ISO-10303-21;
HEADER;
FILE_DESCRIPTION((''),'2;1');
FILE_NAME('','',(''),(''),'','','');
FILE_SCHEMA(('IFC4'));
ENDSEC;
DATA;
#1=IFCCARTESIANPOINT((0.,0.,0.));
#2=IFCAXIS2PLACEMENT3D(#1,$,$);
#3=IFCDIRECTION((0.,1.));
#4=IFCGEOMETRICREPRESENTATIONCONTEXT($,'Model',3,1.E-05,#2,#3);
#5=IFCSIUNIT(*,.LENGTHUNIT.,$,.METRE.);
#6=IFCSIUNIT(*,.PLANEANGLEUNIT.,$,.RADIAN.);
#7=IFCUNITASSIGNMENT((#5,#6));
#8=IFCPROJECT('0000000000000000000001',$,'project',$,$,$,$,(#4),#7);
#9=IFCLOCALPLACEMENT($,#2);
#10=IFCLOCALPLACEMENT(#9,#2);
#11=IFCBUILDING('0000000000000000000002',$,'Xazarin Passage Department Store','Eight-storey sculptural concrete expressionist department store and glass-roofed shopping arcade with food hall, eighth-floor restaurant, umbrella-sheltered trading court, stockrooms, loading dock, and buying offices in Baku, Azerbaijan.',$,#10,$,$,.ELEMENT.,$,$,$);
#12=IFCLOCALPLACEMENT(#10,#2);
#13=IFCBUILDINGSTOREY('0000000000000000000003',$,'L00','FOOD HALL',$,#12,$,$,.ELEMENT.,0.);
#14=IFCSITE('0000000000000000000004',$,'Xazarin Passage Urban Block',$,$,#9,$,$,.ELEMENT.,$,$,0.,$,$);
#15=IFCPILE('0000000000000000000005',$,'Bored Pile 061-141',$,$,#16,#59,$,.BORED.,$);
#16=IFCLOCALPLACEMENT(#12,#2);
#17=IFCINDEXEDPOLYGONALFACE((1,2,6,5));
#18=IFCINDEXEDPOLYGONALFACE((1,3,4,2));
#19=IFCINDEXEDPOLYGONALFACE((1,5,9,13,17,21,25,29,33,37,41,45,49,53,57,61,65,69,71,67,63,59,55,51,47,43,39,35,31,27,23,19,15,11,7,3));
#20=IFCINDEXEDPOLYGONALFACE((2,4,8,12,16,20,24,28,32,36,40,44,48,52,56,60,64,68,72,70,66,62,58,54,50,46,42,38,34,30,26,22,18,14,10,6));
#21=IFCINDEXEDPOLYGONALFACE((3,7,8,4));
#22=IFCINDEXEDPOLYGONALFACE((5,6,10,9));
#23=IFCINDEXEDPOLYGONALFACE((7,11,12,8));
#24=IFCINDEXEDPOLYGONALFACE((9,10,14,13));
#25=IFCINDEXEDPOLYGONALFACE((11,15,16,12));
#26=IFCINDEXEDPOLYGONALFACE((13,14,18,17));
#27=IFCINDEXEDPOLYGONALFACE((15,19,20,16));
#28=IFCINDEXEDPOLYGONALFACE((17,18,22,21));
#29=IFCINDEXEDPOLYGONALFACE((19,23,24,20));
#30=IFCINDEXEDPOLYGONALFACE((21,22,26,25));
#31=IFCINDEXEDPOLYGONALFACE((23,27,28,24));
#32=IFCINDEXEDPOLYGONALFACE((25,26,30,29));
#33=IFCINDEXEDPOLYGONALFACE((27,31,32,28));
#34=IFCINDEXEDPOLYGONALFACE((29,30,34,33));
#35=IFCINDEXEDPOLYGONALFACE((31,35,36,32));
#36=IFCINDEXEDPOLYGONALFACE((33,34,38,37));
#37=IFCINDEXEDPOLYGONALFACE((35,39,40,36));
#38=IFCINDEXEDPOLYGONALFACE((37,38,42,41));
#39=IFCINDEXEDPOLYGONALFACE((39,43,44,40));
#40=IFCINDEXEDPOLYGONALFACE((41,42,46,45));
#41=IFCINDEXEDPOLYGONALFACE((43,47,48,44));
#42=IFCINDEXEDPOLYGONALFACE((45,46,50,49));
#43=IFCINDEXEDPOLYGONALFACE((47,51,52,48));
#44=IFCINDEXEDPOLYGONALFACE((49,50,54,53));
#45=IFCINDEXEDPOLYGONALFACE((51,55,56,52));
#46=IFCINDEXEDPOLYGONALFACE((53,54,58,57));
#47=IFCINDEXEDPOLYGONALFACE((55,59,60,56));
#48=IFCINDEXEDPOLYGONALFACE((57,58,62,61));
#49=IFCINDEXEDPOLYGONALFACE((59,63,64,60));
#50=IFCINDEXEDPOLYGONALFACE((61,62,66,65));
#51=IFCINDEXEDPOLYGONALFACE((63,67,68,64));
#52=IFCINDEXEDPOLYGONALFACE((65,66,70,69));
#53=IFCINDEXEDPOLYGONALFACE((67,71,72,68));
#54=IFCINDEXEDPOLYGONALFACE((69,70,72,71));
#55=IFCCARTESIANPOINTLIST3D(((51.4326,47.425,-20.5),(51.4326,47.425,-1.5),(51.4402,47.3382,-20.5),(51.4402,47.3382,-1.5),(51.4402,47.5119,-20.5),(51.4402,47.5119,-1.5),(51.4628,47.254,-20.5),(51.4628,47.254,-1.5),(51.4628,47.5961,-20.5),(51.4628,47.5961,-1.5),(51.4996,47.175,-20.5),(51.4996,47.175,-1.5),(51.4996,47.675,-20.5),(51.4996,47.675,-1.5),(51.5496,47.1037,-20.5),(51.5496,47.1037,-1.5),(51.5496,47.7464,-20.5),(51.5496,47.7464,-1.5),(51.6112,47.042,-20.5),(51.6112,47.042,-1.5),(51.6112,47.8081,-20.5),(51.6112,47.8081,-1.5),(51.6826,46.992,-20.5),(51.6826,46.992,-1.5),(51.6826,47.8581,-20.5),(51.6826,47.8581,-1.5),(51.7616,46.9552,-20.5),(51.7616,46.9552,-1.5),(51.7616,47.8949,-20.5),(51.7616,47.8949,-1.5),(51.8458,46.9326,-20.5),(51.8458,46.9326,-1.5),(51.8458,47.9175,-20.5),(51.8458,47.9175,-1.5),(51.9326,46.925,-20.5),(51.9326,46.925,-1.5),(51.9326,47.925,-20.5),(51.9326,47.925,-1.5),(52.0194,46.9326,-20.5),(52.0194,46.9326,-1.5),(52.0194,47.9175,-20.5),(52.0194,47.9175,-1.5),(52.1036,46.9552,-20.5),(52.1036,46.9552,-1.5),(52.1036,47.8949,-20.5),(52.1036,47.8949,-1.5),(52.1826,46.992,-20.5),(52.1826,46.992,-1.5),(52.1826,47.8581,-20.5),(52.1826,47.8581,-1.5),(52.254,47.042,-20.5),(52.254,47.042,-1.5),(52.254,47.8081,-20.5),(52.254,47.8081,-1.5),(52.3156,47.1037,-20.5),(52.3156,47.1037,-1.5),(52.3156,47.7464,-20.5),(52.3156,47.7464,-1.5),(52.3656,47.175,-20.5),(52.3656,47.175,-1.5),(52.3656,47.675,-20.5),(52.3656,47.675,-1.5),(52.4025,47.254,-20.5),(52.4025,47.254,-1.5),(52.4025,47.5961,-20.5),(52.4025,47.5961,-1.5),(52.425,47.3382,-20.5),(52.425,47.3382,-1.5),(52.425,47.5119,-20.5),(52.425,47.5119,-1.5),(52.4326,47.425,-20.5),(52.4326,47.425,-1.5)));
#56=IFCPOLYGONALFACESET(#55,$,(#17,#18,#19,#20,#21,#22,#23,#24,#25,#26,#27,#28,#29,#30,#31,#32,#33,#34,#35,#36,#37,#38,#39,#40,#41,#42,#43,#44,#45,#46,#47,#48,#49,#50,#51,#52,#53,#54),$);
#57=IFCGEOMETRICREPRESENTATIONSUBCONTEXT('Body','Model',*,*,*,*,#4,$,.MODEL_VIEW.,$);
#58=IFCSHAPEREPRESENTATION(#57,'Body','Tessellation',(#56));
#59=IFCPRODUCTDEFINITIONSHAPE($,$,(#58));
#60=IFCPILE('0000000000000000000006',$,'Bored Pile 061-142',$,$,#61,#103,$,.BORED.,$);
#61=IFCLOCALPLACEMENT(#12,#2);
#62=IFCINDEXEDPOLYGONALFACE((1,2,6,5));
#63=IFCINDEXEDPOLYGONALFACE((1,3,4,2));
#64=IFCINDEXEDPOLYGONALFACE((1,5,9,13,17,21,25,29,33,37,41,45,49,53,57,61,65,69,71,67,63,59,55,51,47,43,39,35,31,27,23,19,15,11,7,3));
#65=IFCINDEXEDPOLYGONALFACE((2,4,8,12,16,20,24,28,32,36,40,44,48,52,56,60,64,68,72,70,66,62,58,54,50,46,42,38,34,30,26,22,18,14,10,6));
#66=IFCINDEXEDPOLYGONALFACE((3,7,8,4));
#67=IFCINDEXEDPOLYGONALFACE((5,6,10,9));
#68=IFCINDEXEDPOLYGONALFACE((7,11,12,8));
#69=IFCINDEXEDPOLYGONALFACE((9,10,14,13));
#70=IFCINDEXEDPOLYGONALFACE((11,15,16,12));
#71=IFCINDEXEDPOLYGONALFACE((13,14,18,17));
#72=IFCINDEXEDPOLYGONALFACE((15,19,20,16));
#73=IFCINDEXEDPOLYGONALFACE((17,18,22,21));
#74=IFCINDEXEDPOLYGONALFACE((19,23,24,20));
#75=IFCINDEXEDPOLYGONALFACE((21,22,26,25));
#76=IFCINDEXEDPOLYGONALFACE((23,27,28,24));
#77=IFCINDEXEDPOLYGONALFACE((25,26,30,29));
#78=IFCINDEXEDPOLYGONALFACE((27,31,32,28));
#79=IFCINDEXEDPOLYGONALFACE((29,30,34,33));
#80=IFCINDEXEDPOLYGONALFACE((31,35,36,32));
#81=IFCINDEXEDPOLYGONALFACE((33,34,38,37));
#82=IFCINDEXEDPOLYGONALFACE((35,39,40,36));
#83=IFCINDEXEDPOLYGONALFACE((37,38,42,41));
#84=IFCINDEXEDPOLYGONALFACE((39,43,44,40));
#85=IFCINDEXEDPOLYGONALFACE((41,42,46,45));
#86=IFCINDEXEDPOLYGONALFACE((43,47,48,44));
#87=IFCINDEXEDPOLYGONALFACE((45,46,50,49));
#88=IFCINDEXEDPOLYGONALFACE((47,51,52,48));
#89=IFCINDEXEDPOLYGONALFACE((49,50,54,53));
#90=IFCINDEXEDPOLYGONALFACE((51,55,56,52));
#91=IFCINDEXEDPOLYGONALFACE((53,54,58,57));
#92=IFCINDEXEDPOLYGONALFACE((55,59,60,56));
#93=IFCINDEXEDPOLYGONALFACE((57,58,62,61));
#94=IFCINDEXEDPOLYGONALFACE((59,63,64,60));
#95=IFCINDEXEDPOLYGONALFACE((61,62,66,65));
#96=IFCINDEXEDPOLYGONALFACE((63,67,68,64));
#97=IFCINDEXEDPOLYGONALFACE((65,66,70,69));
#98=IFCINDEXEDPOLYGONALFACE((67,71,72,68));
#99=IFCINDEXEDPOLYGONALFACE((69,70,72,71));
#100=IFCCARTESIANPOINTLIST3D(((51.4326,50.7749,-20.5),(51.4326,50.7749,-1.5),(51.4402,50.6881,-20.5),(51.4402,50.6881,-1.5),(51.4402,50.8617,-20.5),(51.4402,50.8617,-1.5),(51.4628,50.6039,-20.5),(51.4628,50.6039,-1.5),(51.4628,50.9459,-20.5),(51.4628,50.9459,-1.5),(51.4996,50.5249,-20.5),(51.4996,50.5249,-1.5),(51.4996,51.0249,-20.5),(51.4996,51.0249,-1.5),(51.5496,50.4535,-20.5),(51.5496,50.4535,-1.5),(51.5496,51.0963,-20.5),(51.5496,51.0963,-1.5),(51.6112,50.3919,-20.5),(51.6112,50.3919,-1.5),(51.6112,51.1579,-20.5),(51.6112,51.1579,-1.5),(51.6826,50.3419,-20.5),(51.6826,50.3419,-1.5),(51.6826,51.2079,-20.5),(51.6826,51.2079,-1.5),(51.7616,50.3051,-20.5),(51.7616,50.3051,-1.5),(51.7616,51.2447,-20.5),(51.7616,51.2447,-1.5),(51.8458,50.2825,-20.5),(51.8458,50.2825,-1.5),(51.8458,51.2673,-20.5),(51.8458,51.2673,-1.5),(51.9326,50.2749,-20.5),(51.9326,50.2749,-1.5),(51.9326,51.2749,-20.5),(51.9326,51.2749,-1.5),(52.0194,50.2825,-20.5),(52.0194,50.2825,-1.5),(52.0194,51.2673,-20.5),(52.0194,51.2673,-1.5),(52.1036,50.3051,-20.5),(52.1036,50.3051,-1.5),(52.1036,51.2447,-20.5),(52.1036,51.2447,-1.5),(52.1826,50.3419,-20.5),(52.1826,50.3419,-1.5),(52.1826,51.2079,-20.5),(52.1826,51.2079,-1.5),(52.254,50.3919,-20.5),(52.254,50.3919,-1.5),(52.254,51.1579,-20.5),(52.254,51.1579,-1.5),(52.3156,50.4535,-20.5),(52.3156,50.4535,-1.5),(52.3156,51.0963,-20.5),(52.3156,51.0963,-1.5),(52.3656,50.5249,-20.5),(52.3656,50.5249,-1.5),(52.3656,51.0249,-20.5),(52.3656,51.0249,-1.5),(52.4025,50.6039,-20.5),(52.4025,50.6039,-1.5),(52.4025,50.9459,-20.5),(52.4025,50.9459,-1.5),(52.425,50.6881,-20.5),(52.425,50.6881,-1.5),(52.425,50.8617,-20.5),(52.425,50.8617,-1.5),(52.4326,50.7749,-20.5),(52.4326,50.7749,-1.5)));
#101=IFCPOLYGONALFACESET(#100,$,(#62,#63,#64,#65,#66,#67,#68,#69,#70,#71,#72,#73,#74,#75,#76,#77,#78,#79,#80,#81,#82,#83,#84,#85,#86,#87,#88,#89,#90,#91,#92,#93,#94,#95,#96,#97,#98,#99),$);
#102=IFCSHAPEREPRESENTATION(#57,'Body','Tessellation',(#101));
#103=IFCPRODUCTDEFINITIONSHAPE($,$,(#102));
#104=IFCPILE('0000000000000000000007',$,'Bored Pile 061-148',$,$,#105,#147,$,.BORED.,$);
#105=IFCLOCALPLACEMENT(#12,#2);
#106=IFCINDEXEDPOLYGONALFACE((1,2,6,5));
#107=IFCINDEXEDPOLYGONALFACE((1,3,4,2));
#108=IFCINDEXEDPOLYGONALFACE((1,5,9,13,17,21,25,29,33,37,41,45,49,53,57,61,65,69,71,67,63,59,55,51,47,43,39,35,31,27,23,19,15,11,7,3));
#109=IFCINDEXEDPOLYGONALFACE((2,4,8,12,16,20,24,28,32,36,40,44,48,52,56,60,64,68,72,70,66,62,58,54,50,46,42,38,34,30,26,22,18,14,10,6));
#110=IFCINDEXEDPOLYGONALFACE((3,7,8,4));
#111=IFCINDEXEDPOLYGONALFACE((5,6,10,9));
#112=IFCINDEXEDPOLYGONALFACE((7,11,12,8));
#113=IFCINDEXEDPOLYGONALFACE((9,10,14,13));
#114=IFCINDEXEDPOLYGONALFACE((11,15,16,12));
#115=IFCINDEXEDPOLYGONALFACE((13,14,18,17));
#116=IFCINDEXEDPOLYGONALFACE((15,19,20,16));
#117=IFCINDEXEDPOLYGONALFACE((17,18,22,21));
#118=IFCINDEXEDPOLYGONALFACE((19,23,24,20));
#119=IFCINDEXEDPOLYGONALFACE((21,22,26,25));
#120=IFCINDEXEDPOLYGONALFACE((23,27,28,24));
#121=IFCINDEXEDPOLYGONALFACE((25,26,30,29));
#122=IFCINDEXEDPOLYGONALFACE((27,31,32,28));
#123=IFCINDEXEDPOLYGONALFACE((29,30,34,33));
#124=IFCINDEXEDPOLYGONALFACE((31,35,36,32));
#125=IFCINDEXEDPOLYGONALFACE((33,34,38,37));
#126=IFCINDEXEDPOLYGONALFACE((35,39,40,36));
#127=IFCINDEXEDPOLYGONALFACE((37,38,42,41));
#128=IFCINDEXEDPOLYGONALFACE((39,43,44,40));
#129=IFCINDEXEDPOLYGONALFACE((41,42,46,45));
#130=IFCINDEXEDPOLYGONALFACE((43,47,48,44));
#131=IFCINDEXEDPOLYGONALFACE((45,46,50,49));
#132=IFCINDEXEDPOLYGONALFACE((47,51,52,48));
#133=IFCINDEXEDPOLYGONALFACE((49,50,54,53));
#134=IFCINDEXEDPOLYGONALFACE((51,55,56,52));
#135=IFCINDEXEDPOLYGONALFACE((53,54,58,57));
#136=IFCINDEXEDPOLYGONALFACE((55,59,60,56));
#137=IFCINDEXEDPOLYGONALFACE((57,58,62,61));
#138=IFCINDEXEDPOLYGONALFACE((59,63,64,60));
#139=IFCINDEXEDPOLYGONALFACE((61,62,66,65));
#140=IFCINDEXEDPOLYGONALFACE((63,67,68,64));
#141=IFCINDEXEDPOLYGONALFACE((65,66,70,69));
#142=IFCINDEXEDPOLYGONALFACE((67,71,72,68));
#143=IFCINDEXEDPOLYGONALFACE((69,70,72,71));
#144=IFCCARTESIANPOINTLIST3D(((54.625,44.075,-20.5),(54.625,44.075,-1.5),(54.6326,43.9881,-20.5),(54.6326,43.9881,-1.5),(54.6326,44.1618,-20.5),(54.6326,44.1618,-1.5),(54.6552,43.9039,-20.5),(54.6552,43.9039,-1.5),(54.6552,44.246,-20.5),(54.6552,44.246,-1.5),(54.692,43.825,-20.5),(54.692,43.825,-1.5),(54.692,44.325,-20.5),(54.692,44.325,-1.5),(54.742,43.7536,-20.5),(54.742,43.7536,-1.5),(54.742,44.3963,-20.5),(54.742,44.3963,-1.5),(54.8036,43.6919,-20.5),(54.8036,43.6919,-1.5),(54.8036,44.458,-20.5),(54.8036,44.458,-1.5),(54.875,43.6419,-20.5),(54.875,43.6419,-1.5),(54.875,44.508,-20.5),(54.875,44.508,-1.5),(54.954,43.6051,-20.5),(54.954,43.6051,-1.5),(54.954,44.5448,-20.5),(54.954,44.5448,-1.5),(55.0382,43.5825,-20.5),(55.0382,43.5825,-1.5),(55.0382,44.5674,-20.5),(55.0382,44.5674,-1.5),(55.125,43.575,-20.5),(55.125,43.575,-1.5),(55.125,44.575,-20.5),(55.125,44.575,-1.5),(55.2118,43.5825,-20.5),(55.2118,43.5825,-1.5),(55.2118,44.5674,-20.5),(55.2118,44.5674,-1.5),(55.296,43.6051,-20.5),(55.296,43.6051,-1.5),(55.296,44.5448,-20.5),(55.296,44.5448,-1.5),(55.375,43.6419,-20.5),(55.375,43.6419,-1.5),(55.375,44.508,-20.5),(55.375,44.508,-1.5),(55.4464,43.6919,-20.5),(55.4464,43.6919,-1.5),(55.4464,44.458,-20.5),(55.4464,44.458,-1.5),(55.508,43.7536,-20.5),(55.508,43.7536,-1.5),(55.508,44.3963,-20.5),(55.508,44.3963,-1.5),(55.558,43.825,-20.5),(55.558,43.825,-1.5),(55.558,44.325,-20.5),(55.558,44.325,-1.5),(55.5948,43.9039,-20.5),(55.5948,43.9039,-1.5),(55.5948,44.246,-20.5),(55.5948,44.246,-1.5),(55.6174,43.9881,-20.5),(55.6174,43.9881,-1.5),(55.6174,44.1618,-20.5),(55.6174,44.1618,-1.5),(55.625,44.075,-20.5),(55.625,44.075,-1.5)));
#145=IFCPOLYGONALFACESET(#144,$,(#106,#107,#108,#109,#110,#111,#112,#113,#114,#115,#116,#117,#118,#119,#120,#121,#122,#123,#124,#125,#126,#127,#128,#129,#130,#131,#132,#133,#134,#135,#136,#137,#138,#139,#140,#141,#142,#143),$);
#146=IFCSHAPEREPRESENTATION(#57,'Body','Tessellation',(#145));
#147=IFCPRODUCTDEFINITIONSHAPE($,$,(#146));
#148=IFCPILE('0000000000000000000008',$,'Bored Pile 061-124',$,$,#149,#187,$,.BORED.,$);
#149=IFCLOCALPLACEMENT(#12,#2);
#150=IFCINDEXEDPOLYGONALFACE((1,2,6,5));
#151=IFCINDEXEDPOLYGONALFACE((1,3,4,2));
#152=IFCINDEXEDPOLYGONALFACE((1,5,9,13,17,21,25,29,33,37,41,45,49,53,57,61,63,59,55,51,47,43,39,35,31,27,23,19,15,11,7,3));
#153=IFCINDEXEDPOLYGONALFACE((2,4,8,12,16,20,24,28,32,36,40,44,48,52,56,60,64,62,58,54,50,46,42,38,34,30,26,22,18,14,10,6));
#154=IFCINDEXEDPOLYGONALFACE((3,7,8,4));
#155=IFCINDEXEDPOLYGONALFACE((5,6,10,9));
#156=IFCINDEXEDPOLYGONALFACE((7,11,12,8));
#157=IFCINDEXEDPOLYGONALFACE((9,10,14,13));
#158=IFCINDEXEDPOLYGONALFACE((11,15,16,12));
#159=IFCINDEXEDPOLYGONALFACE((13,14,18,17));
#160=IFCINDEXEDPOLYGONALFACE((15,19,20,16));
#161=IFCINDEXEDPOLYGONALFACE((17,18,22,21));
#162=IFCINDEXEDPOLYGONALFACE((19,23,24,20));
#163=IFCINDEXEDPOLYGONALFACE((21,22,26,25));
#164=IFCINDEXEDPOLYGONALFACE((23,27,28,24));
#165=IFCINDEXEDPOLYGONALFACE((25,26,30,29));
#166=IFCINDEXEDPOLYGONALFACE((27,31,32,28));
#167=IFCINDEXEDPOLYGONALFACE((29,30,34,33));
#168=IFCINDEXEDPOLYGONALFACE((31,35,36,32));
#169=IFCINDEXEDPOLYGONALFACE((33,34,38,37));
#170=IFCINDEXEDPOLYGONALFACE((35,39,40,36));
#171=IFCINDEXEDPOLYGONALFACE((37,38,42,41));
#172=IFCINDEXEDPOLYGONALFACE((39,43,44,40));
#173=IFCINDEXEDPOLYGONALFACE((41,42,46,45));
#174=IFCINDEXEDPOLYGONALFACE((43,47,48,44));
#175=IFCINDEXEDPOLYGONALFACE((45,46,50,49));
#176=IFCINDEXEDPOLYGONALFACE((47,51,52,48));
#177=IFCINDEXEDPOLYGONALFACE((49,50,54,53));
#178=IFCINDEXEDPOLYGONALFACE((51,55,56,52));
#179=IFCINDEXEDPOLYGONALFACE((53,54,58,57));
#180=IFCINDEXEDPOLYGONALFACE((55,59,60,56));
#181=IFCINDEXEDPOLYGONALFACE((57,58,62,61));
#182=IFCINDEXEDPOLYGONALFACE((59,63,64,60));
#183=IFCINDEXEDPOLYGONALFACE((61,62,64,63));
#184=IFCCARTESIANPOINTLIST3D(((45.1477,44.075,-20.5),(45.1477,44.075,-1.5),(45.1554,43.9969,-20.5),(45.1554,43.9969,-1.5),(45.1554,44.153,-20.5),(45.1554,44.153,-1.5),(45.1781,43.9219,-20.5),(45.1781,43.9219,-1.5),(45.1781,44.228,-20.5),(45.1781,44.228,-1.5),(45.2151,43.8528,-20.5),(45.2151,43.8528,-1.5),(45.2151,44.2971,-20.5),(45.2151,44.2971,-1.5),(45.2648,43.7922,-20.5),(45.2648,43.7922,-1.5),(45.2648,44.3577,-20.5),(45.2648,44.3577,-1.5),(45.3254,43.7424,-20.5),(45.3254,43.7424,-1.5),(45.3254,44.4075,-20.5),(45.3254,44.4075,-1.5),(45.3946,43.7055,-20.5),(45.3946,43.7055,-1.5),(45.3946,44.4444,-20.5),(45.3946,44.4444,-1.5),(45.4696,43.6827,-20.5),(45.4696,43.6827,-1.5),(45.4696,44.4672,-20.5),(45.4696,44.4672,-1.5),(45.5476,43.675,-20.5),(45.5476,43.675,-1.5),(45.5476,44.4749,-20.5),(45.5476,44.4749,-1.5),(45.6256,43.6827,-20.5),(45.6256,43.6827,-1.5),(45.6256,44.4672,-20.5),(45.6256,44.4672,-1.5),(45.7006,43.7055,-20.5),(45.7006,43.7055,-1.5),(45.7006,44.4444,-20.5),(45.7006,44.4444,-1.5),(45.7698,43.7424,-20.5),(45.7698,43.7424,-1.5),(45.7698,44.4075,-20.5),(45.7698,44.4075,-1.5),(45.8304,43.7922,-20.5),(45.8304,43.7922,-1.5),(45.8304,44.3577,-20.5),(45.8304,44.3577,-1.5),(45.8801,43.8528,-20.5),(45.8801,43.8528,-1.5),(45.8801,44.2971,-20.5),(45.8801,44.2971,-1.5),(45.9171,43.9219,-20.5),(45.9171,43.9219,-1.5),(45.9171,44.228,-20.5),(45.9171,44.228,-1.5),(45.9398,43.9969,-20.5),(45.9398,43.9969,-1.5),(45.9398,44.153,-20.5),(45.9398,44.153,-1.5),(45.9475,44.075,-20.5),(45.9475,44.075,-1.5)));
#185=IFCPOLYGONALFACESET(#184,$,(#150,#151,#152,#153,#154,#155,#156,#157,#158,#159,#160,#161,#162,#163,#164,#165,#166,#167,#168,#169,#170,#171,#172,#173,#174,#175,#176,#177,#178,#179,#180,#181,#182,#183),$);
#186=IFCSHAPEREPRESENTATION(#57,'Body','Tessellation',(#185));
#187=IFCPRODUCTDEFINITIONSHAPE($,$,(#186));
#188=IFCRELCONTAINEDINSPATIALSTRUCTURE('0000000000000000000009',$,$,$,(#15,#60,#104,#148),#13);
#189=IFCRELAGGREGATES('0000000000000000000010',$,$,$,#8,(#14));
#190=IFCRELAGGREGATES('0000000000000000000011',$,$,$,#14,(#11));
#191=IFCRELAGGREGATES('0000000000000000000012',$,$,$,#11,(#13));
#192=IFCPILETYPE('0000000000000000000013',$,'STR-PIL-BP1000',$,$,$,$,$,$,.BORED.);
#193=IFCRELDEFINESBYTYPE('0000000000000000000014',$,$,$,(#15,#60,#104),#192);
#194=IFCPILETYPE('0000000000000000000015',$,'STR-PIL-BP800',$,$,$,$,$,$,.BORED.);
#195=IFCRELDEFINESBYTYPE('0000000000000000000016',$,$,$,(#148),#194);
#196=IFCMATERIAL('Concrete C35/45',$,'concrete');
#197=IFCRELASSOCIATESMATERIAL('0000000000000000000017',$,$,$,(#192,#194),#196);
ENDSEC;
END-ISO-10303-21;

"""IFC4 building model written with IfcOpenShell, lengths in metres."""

from ifc_helpers import new_model, si_unit, direction, frame, origin, origin_2d, place, context, subcontext, project, spatial, circle, extrude, material, material_profile, profile_set, type_object, element, save


model = new_model("IFC4")

# Units and contexts
model_context = context("Model", 3, precision=1e-05, world=origin(), true_north=direction((0.0, 1.0)))
body_context = subcontext(model_context, "Body", "Model", "MODEL_VIEW")
ifc_project = project(units=[si_unit("LENGTHUNIT", "METRE"), si_unit("PLANEANGLEUNIT", "RADIAN")], contexts=[model_context])

# Site, building, storey
site_placement = place(None, origin())
site = spatial("IfcSite", under=ifc_project, at=site_placement, Name="Xazarin Passage Urban Block", CompositionType="ELEMENT", RefElevation=0.0)
building_placement = place(site_placement, origin())
building = spatial("IfcBuilding", under=site, at=building_placement, Name="Xazarin Passage Department Store", Description="Eight-storey sculptural concrete expressionist department store and glass-roofed shopping arcade with food hall, eighth-floor restaurant, umbrella-sheltered trading court, stockrooms, loading dock, and buying offices in Baku, Azerbaijan.", CompositionType="ELEMENT")
storey_placement = place(building_placement, origin())
storey = spatial("IfcBuildingStorey", under=building, at=storey_placement, Name="L00", Description="FOOD HALL", CompositionType="ELEMENT", Elevation=0.0)

# Piles
ifc_material_1 = material(Name="Concrete C35/45", Category="concrete")
ifc_material_profile_1 = material_profile(ifc_material_1, circle(Radius=0.5, at=origin_2d()), Name="BP 1000")
ifc_profile_set_1 = profile_set([ifc_material_profile_1], Name="Concrete C35/45")
pile_type_1 = type_object("IfcPileType", Name="STR-PIL-BP1000", PredefinedType="BORED", material=ifc_profile_set_1)
for number, where, z_axis, x_axis, name in (
    (1, (51.9326, 47.425, -1.5), (0.0, 0.0, -1.0), (1.0, 0.0, 0.0), "Bored Pile 061-141"),
    (2, (51.9326, 50.7749, -1.5), (0.0, 0.0, -1.0), (1.0, 0.0, 0.0), "Bored Pile 061-142"),
    (3, (55.125, 44.075, -1.5), (0.0, 0.0, -1.0), (1.0, 0.0, 0.0), "Bored Pile 061-148"),
):
    element("IfcPile", number, at=place(storey_placement, frame(where, z_axis=z_axis, x_axis=x_axis)), inside=storey, type_object=pile_type_1, Name=name, PredefinedType="BORED", context=body_context, shape_type="SweptSolid", body=[
        extrude(circle(Radius=0.5, at=origin_2d()), origin(), (0.0, 0.0, 1.0), 19.0),
    ])
ifc_material_profile_2 = material_profile(ifc_material_1, circle(Radius=0.3999, at=origin_2d()), Name="BP 800")
ifc_profile_set_2 = profile_set([ifc_material_profile_2], Name="Concrete C35/45")
pile_type_2 = type_object("IfcPileType", Name="STR-PIL-BP800", PredefinedType="BORED", material=ifc_profile_set_2)
for number, where, z_axis, x_axis, name in (
    (4, (45.5476, 44.075, -1.5), (0.0, 0.0, -1.0), (1.0, 0.0, 0.0), "Bored Pile 061-124"),
):
    element("IfcPile", number, at=place(storey_placement, frame(where, z_axis=z_axis, x_axis=x_axis)), inside=storey, type_object=pile_type_2, Name=name, PredefinedType="BORED", context=body_context, shape_type="SweptSolid", body=[
        extrude(circle(Radius=0.3999, at=origin_2d()), origin(), (0.0, 0.0, 1.0), 19.0),
    ])

save(model, "model.ifc")
